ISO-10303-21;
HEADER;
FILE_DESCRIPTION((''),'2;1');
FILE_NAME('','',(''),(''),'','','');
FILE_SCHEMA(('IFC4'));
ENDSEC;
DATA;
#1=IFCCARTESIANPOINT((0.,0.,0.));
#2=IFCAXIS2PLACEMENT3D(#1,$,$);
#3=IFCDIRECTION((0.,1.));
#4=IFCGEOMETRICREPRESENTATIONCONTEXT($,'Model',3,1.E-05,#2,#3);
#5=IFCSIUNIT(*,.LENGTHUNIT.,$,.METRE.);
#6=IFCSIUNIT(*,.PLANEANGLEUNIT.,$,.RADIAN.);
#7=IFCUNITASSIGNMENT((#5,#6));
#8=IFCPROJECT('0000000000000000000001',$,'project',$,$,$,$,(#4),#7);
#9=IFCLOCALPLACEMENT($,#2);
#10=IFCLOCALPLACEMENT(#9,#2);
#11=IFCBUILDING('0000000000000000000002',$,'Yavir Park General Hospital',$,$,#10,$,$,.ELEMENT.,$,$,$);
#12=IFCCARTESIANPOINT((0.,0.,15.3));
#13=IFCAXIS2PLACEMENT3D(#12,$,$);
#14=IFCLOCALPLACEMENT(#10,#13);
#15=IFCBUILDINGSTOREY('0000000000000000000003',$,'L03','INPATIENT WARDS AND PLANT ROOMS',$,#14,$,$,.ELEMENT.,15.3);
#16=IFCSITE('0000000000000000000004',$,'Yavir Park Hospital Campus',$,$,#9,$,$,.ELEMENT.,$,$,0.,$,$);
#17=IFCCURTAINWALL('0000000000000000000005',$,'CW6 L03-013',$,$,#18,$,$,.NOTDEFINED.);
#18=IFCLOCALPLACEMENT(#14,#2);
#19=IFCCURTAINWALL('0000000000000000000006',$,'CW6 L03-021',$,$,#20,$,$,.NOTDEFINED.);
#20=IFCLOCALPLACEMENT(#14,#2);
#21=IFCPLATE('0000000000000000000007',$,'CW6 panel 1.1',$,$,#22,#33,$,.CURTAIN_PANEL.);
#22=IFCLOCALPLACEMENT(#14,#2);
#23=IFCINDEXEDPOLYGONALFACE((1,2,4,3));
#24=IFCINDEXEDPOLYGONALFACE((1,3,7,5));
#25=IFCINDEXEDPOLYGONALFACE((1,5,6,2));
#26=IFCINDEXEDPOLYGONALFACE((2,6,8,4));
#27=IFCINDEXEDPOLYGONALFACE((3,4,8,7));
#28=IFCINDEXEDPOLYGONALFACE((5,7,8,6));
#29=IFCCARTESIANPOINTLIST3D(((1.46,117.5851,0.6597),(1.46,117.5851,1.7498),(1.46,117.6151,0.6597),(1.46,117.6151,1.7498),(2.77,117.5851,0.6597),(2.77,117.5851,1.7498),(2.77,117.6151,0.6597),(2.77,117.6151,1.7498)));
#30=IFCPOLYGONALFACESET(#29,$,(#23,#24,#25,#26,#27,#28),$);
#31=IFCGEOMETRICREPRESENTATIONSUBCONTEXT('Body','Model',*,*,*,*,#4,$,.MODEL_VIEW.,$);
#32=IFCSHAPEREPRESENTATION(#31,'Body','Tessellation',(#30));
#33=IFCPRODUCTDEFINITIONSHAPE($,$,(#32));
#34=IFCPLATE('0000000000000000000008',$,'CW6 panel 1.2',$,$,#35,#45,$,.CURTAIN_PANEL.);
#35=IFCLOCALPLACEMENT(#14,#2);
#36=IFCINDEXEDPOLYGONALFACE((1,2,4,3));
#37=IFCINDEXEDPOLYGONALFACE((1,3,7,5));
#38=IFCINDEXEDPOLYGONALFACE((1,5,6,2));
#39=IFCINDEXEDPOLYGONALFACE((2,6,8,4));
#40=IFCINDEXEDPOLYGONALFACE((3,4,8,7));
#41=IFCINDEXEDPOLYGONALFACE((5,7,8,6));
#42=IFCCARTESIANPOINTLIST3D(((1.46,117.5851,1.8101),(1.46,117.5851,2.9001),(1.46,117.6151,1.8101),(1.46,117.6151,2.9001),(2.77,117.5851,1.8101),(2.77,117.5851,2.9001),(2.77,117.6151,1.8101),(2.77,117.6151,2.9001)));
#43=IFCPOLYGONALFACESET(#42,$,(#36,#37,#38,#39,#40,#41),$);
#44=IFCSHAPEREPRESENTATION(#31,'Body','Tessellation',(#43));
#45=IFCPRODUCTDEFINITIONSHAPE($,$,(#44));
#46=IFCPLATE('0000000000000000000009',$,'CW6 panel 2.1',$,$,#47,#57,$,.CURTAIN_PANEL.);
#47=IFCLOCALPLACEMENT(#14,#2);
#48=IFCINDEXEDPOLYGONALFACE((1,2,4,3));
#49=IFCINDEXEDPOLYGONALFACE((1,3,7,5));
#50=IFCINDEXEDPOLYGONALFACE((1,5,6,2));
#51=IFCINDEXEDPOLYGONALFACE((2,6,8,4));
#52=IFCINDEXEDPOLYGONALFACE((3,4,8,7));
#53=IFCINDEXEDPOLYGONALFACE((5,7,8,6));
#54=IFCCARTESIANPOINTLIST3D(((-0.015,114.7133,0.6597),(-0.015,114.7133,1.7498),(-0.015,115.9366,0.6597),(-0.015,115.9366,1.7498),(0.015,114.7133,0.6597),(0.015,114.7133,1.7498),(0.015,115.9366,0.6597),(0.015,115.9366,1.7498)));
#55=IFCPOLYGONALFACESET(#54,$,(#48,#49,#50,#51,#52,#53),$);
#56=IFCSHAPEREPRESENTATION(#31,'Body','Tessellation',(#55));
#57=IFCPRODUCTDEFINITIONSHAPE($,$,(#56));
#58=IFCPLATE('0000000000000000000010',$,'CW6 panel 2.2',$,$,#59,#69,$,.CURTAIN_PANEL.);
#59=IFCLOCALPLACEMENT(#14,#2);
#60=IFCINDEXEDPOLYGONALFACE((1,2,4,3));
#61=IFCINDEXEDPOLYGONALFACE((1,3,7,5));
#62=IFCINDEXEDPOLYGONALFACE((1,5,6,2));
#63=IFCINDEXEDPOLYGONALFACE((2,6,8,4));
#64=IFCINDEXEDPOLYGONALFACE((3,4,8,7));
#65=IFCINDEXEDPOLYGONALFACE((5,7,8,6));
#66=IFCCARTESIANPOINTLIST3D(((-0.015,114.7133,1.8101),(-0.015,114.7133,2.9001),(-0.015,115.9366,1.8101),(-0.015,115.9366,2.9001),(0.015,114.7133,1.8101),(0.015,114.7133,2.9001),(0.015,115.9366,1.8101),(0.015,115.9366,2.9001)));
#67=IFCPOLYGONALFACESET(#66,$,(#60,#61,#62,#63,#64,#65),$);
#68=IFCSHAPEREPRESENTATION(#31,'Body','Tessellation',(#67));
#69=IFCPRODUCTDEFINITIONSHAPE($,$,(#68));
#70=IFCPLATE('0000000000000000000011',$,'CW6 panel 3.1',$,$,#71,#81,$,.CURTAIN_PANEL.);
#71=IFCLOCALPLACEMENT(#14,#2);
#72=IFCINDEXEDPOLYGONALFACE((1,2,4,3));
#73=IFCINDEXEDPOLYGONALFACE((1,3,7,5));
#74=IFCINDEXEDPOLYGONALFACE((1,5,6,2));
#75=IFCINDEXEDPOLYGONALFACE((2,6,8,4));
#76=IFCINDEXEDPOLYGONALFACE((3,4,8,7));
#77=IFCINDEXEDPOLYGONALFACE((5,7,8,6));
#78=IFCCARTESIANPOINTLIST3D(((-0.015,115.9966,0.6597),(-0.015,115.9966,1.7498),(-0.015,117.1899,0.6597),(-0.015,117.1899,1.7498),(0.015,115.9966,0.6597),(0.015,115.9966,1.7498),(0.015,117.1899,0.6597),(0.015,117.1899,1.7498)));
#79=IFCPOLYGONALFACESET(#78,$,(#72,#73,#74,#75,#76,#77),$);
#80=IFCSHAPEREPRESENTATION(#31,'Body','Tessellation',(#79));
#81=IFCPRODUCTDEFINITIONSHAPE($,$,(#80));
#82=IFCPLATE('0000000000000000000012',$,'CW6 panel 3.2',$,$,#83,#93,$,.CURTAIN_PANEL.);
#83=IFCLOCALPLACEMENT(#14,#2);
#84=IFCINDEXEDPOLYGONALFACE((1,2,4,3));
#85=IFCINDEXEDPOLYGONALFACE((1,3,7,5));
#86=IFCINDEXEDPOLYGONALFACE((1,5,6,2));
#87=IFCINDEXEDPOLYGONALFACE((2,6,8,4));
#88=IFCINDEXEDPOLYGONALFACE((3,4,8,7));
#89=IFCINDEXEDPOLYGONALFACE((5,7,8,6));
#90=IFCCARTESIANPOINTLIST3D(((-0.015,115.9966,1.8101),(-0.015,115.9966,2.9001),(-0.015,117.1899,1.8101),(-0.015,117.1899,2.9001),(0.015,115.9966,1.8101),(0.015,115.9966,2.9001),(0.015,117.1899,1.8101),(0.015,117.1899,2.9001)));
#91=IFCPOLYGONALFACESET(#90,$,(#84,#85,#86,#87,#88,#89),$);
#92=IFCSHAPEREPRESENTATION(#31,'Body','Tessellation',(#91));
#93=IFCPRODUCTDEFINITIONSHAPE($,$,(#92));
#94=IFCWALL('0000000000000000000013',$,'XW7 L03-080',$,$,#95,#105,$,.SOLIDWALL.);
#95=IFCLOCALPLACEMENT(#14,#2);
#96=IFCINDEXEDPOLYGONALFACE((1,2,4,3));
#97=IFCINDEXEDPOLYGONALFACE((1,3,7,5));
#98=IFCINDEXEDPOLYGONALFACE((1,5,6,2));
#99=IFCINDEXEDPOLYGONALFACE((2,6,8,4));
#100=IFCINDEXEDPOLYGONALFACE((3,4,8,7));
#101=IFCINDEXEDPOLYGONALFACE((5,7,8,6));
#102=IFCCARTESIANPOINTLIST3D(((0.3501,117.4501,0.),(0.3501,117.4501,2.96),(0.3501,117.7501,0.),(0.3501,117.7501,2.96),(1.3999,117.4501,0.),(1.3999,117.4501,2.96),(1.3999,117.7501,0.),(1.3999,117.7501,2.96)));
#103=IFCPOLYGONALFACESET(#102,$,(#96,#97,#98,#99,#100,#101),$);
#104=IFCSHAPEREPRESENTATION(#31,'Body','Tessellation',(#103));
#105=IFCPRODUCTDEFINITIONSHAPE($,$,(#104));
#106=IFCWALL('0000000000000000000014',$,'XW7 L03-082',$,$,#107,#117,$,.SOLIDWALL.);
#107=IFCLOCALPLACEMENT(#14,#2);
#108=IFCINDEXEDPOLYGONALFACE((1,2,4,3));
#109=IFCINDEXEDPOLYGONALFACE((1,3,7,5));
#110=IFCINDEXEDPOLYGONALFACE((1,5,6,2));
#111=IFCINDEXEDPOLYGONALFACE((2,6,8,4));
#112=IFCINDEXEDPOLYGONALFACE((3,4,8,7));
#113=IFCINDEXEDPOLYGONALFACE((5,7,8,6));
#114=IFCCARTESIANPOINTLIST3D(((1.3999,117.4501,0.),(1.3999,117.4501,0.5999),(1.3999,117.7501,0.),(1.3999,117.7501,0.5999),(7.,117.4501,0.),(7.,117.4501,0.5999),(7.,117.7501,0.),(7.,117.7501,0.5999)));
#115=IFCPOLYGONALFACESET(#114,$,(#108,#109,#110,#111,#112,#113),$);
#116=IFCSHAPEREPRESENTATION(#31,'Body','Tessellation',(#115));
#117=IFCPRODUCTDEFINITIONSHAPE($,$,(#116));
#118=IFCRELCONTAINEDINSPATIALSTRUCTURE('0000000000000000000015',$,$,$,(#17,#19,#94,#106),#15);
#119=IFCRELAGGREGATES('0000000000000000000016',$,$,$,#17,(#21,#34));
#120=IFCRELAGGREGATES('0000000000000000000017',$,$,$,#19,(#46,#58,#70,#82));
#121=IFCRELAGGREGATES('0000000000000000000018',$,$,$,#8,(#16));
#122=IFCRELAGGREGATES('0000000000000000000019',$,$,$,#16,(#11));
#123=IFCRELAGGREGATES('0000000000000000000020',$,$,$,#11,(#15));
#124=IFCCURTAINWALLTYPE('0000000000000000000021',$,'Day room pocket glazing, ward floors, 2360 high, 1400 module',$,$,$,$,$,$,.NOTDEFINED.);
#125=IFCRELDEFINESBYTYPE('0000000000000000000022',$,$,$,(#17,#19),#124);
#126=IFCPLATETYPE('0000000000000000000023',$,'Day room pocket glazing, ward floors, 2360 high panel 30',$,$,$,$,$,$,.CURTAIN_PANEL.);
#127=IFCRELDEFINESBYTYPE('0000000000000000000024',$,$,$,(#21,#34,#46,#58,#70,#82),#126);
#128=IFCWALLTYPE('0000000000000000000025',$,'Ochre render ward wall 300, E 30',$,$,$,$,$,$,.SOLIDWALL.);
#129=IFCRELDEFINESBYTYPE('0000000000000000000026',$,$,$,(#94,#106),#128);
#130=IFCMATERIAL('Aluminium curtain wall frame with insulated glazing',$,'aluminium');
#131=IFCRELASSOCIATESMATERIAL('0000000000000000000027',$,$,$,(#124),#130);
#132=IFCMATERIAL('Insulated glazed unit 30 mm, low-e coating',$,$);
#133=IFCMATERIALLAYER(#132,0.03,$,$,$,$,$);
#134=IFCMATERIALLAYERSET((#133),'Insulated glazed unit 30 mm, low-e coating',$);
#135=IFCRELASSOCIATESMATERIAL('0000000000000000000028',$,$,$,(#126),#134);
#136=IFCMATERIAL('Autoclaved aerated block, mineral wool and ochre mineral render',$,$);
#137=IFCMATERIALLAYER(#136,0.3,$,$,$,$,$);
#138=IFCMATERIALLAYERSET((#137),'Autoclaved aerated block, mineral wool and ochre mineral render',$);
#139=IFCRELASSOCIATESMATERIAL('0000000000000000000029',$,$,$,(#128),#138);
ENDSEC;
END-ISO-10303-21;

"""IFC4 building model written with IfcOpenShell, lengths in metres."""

from ifc_helpers import new_model, si_unit, direction, frame, frame_2d, origin, origin_2d, place, context, subcontext, project, spatial, rectangle, extrude, material, layer, layer_set, type_object, element, aggregate, save


model = new_model("IFC4")

# Units and contexts
model_context = context("Model", 3, precision=1e-05, world=origin(), true_north=direction((0.0, 1.0)))
body_context = subcontext(model_context, "Body", "Model", "MODEL_VIEW")
ifc_project = project(units=[si_unit("LENGTHUNIT", "METRE"), si_unit("PLANEANGLEUNIT", "RADIAN")], contexts=[model_context])

# Site, building, storey
site_placement = place(None, origin())
site = spatial("IfcSite", under=ifc_project, at=site_placement, Name="Yavir Park Hospital Campus", CompositionType="ELEMENT", RefElevation=0.0)
building_placement = place(site_placement, origin())
building = spatial("IfcBuilding", under=site, at=building_placement, Name="Yavir Park General Hospital", CompositionType="ELEMENT")
storey_placement = place(building_placement, frame((0.0, 0.0, 15.3)))
storey = spatial("IfcBuildingStorey", under=building, at=storey_placement, Name="L03", Description="INPATIENT WARDS AND PLANT ROOMS", CompositionType="ELEMENT", Elevation=15.3)

# Curtain wall
ifc_material_1 = material(Name="Aluminium curtain wall frame with insulated glazing", Category="aluminium")
curtain_wall_type = type_object("IfcCurtainWallType", Name="Day room pocket glazing, ward floors, 2360 high, 1400 module", PredefinedType="NOTDEFINED", material=ifc_material_1)
curtain_wall_1_placement = place(storey_placement, origin())
curtain_wall_1 = element("IfcCurtainWall", 1, at=curtain_wall_1_placement, inside=storey, type_object=curtain_wall_type, Name="CW6 L03-013", PredefinedType="NOTDEFINED")

# Curtain wall
curtain_wall_2_placement = place(storey_placement, origin())
curtain_wall_2 = element("IfcCurtainWall", 2, at=curtain_wall_2_placement, inside=storey, type_object=curtain_wall_type, Name="CW6 L03-021", PredefinedType="NOTDEFINED")

# Plates
ifc_material_2 = material(Name="Insulated glazed unit 30 mm, low-e coating")
ifc_layer_1 = layer(ifc_material_2, 0.03)
ifc_layer_set_1 = layer_set([ifc_layer_1], Name="Insulated glazed unit 30 mm, low-e coating")
plate_type = type_object("IfcPlateType", Name="Day room pocket glazing, ward floors, 2360 high panel 30", PredefinedType="CURTAIN_PANEL", material=ifc_layer_set_1)
plate_1_placement = place(storey_placement, frame((2.115, 117.6001, 0.6597), z_axis=(0.0, 0.0, 1.0), x_axis=(1.0, 0.0, 0.0)))
plate_1 = element("IfcPlate", 3, at=plate_1_placement, type_object=plate_type, Name="CW6 panel 1.1", PredefinedType="CURTAIN_PANEL", context=body_context, shape_type="SweptSolid", body=[
    extrude(rectangle(XDim=1.3101, YDim=0.03, at=origin_2d()), origin(), (0.0, 0.0, 1.0), 1.0901),
])
plate_2_placement = place(storey_placement, frame((2.115, 117.6001, 1.8101), z_axis=(0.0, 0.0, 1.0), x_axis=(1.0, 0.0, 0.0)))
plate_2 = element("IfcPlate", 4, at=plate_2_placement, type_object=plate_type, Name="CW6 panel 1.2", PredefinedType="CURTAIN_PANEL", context=body_context, shape_type="SweptSolid", body=[
    extrude(rectangle(XDim=1.3101, YDim=0.03, at=origin_2d()), origin(), (0.0, 0.0, 1.0), 1.0901),
])
aggregate(curtain_wall_1, [plate_1, plate_2])
plate_3_placement = place(storey_placement, frame((0.0, 115.325, 0.6597), z_axis=(0.0, 0.0, 1.0), x_axis=(0.0, 1.0, 0.0)))
plate_3 = element("IfcPlate", 5, at=plate_3_placement, type_object=plate_type, Name="CW6 panel 2.1", PredefinedType="CURTAIN_PANEL", context=body_context, shape_type="SweptSolid", body=[
    extrude(rectangle(XDim=1.2234, YDim=0.03, at=origin_2d()), origin(), (0.0, 0.0, 1.0), 1.0901),
])
plate_4_placement = place(storey_placement, frame((0.0, 115.325, 1.8101), z_axis=(0.0, 0.0, 1.0), x_axis=(0.0, 1.0, 0.0)))
plate_4 = element("IfcPlate", 6, at=plate_4_placement, type_object=plate_type, Name="CW6 panel 2.2", PredefinedType="CURTAIN_PANEL", context=body_context, shape_type="SweptSolid", body=[
    extrude(rectangle(XDim=1.2234, YDim=0.03, at=origin_2d()), origin(), (0.0, 0.0, 1.0), 1.0901),
])
plate_5_placement = place(storey_placement, frame((0.0, 116.5933, 0.6597), z_axis=(0.0, 0.0, 1.0), x_axis=(0.0, 1.0, 0.0)))
plate_5 = element("IfcPlate", 7, at=plate_5_placement, type_object=plate_type, Name="CW6 panel 3.1", PredefinedType="CURTAIN_PANEL", context=body_context, shape_type="SweptSolid", body=[
    extrude(rectangle(XDim=1.1934, YDim=0.03, at=origin_2d()), origin(), (0.0, 0.0, 1.0), 1.0901),
])
plate_6_placement = place(storey_placement, frame((0.0, 116.5933, 1.8101), z_axis=(0.0, 0.0, 1.0), x_axis=(0.0, 1.0, 0.0)))
plate_6 = element("IfcPlate", 8, at=plate_6_placement, type_object=plate_type, Name="CW6 panel 3.2", PredefinedType="CURTAIN_PANEL", context=body_context, shape_type="SweptSolid", body=[
    extrude(rectangle(XDim=1.1934, YDim=0.03, at=origin_2d()), origin(), (0.0, 0.0, 1.0), 1.0901),
])
aggregate(curtain_wall_2, [plate_3, plate_4, plate_5, plate_6])

# Walls
ifc_material_3 = material(Name="Autoclaved aerated block, mineral wool and ochre mineral render")
ifc_layer_2 = layer(ifc_material_3, 0.3)
ifc_layer_set_2 = layer_set([ifc_layer_2], Name="Autoclaved aerated block, mineral wool and ochre mineral render")
wall_type = type_object("IfcWallType", Name="Ochre render ward wall 300, E 30", PredefinedType="SOLIDWALL", material=ifc_layer_set_2)
wall_1_placement = place(storey_placement, frame((0.3501, 117.6001, 0.0), z_axis=(0.0, 0.0, 1.0), x_axis=(1.0, 0.0, 0.0)))
element("IfcWall", 9, at=wall_1_placement, inside=storey, type_object=wall_type, Name="XW7 L03-080", PredefinedType="SOLIDWALL", context=body_context, shape_type="SweptSolid", body=[
    extrude(rectangle(XDim=1.0498, YDim=0.3, at=frame_2d((0.5249, 0.0))), origin(), (0.0, 0.0, 1.0), 2.96),
])
wall_2_placement = place(storey_placement, frame((1.3999, 117.6001, 0.0), z_axis=(0.0, 0.0, 1.0), x_axis=(1.0, 0.0, 0.0)))
element("IfcWall", 10, at=wall_2_placement, inside=storey, type_object=wall_type, Name="XW7 L03-082", PredefinedType="SOLIDWALL", context=body_context, shape_type="SweptSolid", body=[
    extrude(rectangle(XDim=5.6001, YDim=0.3, at=frame_2d((2.8, 0.0))), origin(), (0.0, 0.0, 1.0), 0.5999),
])

save(model, "model.ifc")
